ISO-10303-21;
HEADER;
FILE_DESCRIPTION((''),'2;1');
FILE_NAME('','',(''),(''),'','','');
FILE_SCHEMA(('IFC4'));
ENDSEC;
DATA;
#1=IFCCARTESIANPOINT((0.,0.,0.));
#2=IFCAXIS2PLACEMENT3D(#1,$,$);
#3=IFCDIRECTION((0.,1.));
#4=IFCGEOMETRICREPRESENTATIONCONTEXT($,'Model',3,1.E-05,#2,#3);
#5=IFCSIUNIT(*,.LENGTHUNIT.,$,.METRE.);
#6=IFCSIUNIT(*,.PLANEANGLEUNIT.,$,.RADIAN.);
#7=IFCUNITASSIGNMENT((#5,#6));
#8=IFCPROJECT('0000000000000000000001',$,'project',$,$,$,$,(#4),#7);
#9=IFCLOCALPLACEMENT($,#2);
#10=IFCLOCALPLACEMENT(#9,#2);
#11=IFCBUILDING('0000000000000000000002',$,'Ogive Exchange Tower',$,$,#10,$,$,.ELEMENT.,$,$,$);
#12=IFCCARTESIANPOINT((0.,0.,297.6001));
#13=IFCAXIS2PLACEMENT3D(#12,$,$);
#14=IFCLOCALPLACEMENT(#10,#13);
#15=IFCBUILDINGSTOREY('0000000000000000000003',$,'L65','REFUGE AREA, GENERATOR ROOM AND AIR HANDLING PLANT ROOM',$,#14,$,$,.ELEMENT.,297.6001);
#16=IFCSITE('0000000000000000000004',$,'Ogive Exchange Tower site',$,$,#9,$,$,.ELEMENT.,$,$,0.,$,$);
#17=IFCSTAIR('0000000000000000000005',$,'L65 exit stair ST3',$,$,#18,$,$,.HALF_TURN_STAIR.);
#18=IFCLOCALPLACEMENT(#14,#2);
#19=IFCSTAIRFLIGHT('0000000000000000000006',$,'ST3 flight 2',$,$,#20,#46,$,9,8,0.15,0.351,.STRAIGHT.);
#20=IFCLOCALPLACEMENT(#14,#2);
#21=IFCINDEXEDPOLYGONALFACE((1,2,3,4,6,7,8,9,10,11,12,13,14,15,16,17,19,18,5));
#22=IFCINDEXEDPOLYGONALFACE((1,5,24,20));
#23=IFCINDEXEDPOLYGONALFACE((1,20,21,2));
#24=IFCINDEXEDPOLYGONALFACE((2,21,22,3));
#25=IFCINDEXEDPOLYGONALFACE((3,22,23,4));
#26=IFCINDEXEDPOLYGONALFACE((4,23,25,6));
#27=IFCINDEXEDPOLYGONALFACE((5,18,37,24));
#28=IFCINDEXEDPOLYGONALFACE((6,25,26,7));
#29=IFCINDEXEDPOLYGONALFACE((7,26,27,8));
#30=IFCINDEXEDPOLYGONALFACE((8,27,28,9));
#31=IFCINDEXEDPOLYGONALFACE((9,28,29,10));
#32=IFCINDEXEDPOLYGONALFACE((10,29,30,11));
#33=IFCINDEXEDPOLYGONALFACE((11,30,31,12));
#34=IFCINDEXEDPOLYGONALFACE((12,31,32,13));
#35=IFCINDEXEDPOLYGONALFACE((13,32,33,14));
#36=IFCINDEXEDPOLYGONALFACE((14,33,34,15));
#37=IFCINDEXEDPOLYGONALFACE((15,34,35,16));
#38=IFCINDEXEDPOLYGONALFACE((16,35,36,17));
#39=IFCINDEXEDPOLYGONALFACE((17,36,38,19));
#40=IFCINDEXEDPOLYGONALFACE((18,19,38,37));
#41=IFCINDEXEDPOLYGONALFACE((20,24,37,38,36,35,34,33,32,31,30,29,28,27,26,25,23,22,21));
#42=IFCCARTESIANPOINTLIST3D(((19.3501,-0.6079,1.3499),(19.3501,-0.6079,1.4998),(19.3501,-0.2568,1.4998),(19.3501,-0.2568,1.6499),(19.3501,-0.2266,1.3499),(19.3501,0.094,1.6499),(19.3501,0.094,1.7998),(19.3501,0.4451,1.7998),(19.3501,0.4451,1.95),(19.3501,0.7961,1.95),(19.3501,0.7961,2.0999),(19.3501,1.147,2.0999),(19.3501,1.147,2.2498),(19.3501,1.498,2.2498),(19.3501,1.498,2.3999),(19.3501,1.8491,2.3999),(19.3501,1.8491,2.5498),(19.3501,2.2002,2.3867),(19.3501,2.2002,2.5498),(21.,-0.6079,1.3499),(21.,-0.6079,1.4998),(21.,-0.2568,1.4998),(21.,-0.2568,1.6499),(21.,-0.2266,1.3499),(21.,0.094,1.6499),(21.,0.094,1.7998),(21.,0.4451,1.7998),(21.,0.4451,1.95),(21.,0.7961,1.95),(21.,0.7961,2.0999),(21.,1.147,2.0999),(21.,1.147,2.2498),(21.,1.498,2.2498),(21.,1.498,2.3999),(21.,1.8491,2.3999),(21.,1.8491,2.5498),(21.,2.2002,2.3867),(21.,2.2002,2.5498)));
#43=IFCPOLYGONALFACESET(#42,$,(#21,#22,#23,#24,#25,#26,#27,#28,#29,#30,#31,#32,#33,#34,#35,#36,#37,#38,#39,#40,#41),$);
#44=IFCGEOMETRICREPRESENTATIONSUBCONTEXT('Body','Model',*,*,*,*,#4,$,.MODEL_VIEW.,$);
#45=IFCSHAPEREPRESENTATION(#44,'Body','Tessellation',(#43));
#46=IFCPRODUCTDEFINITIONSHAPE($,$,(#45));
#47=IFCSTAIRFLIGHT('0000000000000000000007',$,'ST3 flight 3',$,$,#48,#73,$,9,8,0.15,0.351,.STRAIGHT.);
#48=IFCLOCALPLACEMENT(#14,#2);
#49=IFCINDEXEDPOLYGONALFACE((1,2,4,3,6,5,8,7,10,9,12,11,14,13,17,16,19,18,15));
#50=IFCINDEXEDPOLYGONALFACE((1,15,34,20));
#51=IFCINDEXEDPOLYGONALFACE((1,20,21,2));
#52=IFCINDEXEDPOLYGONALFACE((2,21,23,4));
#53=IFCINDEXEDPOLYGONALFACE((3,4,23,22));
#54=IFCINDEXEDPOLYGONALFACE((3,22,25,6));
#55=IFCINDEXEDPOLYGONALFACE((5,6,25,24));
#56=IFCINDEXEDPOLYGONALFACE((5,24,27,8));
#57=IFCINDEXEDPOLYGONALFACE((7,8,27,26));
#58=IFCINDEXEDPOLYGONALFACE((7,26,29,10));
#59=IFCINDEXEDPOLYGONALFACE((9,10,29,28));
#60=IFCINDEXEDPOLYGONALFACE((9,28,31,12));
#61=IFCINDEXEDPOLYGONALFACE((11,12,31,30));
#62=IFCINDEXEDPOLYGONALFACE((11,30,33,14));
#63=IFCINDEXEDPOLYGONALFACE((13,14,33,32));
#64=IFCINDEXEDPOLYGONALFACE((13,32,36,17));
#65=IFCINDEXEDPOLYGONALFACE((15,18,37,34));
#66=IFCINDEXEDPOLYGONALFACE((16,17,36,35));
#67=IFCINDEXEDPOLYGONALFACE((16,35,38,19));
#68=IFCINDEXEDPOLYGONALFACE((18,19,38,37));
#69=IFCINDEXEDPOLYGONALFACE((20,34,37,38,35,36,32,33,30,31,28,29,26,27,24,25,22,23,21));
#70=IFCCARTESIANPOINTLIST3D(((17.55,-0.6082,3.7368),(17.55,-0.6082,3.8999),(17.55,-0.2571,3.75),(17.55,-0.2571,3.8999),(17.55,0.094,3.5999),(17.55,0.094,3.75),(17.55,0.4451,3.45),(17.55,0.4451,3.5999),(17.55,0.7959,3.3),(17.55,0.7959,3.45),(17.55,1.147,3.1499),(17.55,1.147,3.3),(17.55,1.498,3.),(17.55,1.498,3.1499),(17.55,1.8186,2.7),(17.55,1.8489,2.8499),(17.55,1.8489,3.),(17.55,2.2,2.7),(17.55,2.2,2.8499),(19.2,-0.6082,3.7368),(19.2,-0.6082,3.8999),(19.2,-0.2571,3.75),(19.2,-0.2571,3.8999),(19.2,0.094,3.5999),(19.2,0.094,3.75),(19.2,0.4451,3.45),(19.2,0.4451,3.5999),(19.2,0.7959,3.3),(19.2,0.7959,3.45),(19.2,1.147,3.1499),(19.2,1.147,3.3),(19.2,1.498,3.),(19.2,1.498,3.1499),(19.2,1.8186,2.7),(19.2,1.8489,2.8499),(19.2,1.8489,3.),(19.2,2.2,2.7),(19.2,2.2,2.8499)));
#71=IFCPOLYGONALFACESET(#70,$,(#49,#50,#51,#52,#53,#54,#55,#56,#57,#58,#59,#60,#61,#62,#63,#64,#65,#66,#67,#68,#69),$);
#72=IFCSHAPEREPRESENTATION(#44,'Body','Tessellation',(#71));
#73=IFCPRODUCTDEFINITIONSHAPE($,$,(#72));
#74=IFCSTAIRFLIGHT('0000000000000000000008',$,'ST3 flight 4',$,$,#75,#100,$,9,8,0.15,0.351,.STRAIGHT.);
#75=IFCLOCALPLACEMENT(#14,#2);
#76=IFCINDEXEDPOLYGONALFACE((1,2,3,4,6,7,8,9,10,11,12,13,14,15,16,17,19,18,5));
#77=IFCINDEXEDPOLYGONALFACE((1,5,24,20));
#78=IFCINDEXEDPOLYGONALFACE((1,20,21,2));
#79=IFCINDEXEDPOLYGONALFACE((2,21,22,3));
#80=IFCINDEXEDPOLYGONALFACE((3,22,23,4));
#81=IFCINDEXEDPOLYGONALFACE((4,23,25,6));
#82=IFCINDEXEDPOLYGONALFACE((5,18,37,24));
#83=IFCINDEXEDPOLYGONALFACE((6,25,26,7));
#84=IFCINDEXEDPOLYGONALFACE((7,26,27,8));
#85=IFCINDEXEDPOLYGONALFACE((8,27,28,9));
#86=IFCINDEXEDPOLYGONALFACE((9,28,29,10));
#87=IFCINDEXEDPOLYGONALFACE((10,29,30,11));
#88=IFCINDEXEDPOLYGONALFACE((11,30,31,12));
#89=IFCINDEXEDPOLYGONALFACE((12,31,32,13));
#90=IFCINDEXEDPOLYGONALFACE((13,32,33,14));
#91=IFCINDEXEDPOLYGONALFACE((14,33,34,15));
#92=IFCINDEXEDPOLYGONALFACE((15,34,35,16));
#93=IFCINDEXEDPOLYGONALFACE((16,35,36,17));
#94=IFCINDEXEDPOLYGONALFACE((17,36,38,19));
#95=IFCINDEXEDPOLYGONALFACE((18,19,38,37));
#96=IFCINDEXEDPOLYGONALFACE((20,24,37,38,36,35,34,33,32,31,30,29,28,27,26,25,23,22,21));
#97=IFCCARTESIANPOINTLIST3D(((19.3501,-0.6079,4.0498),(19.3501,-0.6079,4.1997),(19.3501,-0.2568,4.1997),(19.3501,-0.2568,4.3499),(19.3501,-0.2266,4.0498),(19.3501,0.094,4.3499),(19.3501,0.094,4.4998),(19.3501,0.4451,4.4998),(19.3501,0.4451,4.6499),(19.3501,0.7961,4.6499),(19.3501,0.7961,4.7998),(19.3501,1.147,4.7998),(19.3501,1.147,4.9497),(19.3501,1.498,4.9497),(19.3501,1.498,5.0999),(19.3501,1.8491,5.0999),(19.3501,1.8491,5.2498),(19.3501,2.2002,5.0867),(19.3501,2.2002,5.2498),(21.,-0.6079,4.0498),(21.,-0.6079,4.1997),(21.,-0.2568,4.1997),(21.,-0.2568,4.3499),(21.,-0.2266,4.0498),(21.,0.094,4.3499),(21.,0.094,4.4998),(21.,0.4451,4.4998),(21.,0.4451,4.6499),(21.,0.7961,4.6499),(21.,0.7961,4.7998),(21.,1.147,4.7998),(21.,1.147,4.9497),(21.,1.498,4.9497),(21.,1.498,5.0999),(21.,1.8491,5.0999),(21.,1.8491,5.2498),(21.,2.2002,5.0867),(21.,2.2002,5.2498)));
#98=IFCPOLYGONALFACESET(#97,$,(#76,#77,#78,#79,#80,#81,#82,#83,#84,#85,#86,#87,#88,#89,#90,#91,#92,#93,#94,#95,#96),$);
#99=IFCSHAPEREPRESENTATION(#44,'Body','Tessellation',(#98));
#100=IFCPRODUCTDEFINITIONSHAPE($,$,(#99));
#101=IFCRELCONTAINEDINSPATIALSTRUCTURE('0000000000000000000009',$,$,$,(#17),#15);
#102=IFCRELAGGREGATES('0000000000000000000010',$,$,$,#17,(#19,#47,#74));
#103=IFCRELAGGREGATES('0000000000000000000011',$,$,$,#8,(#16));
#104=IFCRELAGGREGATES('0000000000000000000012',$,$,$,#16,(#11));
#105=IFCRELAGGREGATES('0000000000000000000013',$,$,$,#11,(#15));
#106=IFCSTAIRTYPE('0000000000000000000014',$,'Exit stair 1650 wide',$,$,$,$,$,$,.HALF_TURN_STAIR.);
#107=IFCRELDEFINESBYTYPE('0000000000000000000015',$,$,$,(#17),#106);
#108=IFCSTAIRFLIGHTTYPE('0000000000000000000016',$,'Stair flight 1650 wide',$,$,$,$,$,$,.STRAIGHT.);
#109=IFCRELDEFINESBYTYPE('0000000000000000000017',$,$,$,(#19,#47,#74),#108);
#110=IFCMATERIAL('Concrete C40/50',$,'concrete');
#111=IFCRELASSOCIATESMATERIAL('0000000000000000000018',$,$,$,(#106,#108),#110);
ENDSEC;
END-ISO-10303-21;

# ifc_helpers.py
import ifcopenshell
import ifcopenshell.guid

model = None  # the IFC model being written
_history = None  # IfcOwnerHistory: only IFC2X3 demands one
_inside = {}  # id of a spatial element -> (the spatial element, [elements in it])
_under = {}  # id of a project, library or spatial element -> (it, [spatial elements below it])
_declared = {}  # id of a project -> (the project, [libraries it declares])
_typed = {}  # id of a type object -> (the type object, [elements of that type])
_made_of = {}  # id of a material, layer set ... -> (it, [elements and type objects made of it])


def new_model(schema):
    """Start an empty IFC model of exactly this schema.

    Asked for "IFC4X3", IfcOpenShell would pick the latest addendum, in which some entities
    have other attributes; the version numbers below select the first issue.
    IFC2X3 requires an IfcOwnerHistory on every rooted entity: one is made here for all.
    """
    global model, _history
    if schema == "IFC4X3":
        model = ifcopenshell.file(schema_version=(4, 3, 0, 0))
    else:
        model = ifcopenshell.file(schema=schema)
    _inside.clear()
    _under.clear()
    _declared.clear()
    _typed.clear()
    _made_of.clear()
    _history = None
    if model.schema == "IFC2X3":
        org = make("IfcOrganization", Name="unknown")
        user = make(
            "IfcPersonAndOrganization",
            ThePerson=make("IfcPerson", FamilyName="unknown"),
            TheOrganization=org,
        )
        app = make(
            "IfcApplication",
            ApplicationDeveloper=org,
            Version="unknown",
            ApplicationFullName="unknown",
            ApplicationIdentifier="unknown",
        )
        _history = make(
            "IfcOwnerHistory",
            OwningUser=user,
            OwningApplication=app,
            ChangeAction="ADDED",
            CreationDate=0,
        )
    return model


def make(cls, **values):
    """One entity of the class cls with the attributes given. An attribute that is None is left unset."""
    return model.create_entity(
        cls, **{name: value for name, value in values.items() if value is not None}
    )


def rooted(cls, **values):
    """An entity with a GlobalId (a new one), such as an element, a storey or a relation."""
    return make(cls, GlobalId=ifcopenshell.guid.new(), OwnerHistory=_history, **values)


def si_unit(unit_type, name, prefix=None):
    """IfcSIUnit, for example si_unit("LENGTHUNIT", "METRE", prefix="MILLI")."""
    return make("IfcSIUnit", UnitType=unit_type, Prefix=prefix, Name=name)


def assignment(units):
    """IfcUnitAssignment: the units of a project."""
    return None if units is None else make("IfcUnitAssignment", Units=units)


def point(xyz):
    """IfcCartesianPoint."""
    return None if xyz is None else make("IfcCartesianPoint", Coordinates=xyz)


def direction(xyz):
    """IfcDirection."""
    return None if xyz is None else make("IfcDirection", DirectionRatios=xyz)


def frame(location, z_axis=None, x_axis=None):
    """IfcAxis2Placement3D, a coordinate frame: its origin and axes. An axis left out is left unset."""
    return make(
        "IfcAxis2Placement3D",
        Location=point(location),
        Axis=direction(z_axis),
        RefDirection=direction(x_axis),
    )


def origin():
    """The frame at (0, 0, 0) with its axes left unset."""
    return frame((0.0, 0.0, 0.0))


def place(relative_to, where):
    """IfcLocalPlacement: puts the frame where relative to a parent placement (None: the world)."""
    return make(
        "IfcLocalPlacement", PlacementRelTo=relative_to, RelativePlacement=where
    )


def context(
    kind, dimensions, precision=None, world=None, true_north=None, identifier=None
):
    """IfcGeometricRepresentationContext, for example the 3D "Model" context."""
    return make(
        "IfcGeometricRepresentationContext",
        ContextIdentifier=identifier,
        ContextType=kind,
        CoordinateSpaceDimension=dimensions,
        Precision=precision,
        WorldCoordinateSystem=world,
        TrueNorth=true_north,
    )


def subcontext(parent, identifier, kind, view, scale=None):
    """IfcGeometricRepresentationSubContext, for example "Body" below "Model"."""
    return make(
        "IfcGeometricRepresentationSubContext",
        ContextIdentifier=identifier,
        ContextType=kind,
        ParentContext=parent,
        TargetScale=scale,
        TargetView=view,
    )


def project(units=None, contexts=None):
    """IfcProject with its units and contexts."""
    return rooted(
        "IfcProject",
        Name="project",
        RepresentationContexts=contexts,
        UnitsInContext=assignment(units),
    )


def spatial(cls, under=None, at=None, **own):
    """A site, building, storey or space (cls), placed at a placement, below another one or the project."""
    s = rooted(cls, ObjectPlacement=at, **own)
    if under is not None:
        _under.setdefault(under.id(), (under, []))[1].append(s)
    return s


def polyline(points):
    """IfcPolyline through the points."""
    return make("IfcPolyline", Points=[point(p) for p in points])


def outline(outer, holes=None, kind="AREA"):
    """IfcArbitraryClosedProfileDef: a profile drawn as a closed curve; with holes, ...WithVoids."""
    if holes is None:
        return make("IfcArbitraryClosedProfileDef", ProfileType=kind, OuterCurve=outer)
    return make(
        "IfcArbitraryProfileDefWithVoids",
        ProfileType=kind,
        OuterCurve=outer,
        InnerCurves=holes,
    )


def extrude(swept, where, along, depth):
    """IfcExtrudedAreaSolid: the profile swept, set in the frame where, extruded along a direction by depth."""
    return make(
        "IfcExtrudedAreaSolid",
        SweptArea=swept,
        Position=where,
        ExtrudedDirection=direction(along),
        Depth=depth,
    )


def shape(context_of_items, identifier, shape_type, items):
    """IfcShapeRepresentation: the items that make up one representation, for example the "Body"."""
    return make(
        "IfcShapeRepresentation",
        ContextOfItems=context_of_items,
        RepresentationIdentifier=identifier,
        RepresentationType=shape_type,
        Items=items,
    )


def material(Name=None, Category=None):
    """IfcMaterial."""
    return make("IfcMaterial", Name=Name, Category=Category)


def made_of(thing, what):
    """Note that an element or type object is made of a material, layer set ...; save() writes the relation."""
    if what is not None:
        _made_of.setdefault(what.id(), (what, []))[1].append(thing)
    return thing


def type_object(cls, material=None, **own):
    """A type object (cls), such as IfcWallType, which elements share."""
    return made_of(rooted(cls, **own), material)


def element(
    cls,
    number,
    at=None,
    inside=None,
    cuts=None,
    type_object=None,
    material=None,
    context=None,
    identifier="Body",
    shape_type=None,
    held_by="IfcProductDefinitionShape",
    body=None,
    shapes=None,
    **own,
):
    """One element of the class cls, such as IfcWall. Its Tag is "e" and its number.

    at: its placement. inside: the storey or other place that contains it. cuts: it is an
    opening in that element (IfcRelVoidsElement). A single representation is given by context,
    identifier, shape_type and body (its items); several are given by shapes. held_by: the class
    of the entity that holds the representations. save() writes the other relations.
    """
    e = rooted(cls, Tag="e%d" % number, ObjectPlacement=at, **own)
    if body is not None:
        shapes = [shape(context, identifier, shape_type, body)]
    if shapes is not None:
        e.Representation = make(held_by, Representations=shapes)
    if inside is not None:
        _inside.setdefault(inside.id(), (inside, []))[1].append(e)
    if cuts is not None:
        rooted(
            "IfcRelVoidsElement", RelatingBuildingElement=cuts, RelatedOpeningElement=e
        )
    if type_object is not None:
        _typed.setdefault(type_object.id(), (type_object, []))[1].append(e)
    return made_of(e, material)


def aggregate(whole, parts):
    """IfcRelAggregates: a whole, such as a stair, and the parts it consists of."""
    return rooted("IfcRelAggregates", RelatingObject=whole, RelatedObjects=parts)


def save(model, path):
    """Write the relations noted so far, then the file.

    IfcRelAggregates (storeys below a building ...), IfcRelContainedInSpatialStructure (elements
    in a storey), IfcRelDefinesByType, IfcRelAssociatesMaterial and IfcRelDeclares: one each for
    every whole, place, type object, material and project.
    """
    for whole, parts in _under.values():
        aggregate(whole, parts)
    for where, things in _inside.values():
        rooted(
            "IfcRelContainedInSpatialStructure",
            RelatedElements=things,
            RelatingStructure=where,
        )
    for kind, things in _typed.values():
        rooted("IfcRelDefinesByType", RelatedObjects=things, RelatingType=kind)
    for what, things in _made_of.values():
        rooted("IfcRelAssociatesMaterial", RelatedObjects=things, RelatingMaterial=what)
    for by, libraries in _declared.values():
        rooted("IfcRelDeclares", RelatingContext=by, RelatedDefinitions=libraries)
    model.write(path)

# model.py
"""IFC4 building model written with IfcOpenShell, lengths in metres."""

from ifc_helpers import new_model, si_unit, direction, frame, origin, place, context, subcontext, project, spatial, polyline, outline, extrude, material, type_object, element, aggregate, save


model = new_model("IFC4")

# Units and contexts
model_context = context("Model", 3, precision=1e-05, world=origin(), true_north=direction((0.0, 1.0)))
body_context = subcontext(model_context, "Body", "Model", "MODEL_VIEW")
ifc_project = project(units=[si_unit("LENGTHUNIT", "METRE"), si_unit("PLANEANGLEUNIT", "RADIAN")], contexts=[model_context])

# Site, building, storey
site_placement = place(None, origin())
site = spatial("IfcSite", under=ifc_project, at=site_placement, Name="Ogive Exchange Tower site", CompositionType="ELEMENT", RefElevation=0.0)
building_placement = place(site_placement, origin())
building = spatial("IfcBuilding", under=site, at=building_placement, Name="Ogive Exchange Tower", CompositionType="ELEMENT")
storey_placement = place(building_placement, frame((0.0, 0.0, 297.6001)))
storey = spatial("IfcBuildingStorey", under=building, at=storey_placement, Name="L65", Description="REFUGE AREA, GENERATOR ROOM AND AIR HANDLING PLANT ROOM", CompositionType="ELEMENT", Elevation=297.6001)

# Stair, stair flights
ifc_material_1 = material(Name="Concrete C40/50", Category="concrete")
stair_type = type_object("IfcStairType", Name="Exit stair 1650 wide", PredefinedType="HALF_TURN_STAIR", material=ifc_material_1)
stair_placement = place(storey_placement, origin())
stair = element("IfcStair", 1, at=stair_placement, inside=storey, type_object=stair_type, Name="L65 exit stair ST3", PredefinedType="HALF_TURN_STAIR")
stair_flight_type = type_object("IfcStairFlightType", Name="Stair flight 1650 wide", PredefinedType="STRAIGHT", material=ifc_material_1)
stair_flight_1_placement = place(storey_placement, frame((20.175, -0.6079, 1.3499), z_axis=(0.0, 0.0, 1.0), x_axis=(0.0, 1.0, 0.0)))
stair_flight_1 = element("IfcStairFlight", 2, at=stair_flight_1_placement, type_object=stair_flight_type, Name="ST3 flight 2", NumberOfRisers=9, NumberOfTreads=8, PredefinedType="STRAIGHT", RiserHeight=0.15, TreadLength=0.351, context=body_context, shape_type="SweptSolid", body=[
    extrude(outline(polyline([(0.0, 0.0), (0.0, 0.1499), (0.3511, 0.1499), (0.3511, 0.3), (0.7019, 0.3), (0.7019, 0.45), (1.053, 0.45), (1.053, 0.6001), (1.4041, 0.6001), (1.4041, 0.75), (1.7549, 0.75), (1.7549, 0.8999), (2.106, 0.8999), (2.106, 1.05), (2.457, 1.05), (2.457, 1.2), (2.8081, 1.2), (2.8081, 1.3501), (2.8081, 1.0369), (0.3813, 0.0), (0.0, 0.0)])), frame((0.0, 0.825, 0.0), z_axis=(0.0, -1.0, 0.0), x_axis=(1.0, 0.0, 0.0)), (0.0, 0.0, 1.0), 1.6499),
])
stair_flight_2_placement = place(storey_placement, frame((18.375, 2.2, 2.7), z_axis=(0.0, 0.0, 1.0), x_axis=(0.0, -1.0, 0.0)))
stair_flight_2 = element("IfcStairFlight", 3, at=stair_flight_2_placement, type_object=stair_flight_type, Name="ST3 flight 3", NumberOfRisers=9, NumberOfTreads=8, PredefinedType="STRAIGHT", RiserHeight=0.15, TreadLength=0.351, context=body_context, shape_type="SweptSolid", body=[
    extrude(outline(polyline([(0.0, 0.0), (0.0, 0.1499), (0.3511, 0.1499), (0.3511, 0.3), (0.7019, 0.3), (0.7019, 0.45), (1.053, 0.45), (1.053, 0.6001), (1.4041, 0.6001), (1.4041, 0.75), (1.7549, 0.75), (1.7549, 0.8999), (2.106, 0.8999), (2.106, 1.05), (2.457, 1.05), (2.457, 1.2), (2.8081, 1.2), (2.8081, 1.3501), (2.8081, 1.0369), (0.3813, 0.0), (0.0, 0.0)])), frame((0.0, 0.825, 0.0), z_axis=(0.0, -1.0, 0.0), x_axis=(1.0, 0.0, 0.0)), (0.0, 0.0, 1.0), 1.6499),
])
stair_flight_3_placement = place(storey_placement, frame((20.175, -0.6079, 4.0498), z_axis=(0.0, 0.0, 1.0), x_axis=(0.0, 1.0, 0.0)))
stair_flight_3 = element("IfcStairFlight", 4, at=stair_flight_3_placement, type_object=stair_flight_type, Name="ST3 flight 4", NumberOfRisers=9, NumberOfTreads=8, PredefinedType="STRAIGHT", RiserHeight=0.15, TreadLength=0.351, context=body_context, shape_type="SweptSolid", body=[
    extrude(outline(polyline([(0.0, 0.0), (0.0, 0.1499), (0.3511, 0.1499), (0.3511, 0.3), (0.7019, 0.3), (0.7019, 0.45), (1.053, 0.45), (1.053, 0.6001), (1.4041, 0.6001), (1.4041, 0.75), (1.7549, 0.75), (1.7549, 0.8999), (2.106, 0.8999), (2.106, 1.05), (2.457, 1.05), (2.457, 1.2), (2.8081, 1.2), (2.8081, 1.3501), (2.8081, 1.0369), (0.3813, 0.0), (0.0, 0.0)])), frame((0.0, 0.825, 0.0), z_axis=(0.0, -1.0, 0.0), x_axis=(1.0, 0.0, 0.0)), (0.0, 0.0, 1.0), 1.6499),
])
aggregate(stair, [stair_flight_1, stair_flight_2, stair_flight_3])

save(model, "model.ifc")
